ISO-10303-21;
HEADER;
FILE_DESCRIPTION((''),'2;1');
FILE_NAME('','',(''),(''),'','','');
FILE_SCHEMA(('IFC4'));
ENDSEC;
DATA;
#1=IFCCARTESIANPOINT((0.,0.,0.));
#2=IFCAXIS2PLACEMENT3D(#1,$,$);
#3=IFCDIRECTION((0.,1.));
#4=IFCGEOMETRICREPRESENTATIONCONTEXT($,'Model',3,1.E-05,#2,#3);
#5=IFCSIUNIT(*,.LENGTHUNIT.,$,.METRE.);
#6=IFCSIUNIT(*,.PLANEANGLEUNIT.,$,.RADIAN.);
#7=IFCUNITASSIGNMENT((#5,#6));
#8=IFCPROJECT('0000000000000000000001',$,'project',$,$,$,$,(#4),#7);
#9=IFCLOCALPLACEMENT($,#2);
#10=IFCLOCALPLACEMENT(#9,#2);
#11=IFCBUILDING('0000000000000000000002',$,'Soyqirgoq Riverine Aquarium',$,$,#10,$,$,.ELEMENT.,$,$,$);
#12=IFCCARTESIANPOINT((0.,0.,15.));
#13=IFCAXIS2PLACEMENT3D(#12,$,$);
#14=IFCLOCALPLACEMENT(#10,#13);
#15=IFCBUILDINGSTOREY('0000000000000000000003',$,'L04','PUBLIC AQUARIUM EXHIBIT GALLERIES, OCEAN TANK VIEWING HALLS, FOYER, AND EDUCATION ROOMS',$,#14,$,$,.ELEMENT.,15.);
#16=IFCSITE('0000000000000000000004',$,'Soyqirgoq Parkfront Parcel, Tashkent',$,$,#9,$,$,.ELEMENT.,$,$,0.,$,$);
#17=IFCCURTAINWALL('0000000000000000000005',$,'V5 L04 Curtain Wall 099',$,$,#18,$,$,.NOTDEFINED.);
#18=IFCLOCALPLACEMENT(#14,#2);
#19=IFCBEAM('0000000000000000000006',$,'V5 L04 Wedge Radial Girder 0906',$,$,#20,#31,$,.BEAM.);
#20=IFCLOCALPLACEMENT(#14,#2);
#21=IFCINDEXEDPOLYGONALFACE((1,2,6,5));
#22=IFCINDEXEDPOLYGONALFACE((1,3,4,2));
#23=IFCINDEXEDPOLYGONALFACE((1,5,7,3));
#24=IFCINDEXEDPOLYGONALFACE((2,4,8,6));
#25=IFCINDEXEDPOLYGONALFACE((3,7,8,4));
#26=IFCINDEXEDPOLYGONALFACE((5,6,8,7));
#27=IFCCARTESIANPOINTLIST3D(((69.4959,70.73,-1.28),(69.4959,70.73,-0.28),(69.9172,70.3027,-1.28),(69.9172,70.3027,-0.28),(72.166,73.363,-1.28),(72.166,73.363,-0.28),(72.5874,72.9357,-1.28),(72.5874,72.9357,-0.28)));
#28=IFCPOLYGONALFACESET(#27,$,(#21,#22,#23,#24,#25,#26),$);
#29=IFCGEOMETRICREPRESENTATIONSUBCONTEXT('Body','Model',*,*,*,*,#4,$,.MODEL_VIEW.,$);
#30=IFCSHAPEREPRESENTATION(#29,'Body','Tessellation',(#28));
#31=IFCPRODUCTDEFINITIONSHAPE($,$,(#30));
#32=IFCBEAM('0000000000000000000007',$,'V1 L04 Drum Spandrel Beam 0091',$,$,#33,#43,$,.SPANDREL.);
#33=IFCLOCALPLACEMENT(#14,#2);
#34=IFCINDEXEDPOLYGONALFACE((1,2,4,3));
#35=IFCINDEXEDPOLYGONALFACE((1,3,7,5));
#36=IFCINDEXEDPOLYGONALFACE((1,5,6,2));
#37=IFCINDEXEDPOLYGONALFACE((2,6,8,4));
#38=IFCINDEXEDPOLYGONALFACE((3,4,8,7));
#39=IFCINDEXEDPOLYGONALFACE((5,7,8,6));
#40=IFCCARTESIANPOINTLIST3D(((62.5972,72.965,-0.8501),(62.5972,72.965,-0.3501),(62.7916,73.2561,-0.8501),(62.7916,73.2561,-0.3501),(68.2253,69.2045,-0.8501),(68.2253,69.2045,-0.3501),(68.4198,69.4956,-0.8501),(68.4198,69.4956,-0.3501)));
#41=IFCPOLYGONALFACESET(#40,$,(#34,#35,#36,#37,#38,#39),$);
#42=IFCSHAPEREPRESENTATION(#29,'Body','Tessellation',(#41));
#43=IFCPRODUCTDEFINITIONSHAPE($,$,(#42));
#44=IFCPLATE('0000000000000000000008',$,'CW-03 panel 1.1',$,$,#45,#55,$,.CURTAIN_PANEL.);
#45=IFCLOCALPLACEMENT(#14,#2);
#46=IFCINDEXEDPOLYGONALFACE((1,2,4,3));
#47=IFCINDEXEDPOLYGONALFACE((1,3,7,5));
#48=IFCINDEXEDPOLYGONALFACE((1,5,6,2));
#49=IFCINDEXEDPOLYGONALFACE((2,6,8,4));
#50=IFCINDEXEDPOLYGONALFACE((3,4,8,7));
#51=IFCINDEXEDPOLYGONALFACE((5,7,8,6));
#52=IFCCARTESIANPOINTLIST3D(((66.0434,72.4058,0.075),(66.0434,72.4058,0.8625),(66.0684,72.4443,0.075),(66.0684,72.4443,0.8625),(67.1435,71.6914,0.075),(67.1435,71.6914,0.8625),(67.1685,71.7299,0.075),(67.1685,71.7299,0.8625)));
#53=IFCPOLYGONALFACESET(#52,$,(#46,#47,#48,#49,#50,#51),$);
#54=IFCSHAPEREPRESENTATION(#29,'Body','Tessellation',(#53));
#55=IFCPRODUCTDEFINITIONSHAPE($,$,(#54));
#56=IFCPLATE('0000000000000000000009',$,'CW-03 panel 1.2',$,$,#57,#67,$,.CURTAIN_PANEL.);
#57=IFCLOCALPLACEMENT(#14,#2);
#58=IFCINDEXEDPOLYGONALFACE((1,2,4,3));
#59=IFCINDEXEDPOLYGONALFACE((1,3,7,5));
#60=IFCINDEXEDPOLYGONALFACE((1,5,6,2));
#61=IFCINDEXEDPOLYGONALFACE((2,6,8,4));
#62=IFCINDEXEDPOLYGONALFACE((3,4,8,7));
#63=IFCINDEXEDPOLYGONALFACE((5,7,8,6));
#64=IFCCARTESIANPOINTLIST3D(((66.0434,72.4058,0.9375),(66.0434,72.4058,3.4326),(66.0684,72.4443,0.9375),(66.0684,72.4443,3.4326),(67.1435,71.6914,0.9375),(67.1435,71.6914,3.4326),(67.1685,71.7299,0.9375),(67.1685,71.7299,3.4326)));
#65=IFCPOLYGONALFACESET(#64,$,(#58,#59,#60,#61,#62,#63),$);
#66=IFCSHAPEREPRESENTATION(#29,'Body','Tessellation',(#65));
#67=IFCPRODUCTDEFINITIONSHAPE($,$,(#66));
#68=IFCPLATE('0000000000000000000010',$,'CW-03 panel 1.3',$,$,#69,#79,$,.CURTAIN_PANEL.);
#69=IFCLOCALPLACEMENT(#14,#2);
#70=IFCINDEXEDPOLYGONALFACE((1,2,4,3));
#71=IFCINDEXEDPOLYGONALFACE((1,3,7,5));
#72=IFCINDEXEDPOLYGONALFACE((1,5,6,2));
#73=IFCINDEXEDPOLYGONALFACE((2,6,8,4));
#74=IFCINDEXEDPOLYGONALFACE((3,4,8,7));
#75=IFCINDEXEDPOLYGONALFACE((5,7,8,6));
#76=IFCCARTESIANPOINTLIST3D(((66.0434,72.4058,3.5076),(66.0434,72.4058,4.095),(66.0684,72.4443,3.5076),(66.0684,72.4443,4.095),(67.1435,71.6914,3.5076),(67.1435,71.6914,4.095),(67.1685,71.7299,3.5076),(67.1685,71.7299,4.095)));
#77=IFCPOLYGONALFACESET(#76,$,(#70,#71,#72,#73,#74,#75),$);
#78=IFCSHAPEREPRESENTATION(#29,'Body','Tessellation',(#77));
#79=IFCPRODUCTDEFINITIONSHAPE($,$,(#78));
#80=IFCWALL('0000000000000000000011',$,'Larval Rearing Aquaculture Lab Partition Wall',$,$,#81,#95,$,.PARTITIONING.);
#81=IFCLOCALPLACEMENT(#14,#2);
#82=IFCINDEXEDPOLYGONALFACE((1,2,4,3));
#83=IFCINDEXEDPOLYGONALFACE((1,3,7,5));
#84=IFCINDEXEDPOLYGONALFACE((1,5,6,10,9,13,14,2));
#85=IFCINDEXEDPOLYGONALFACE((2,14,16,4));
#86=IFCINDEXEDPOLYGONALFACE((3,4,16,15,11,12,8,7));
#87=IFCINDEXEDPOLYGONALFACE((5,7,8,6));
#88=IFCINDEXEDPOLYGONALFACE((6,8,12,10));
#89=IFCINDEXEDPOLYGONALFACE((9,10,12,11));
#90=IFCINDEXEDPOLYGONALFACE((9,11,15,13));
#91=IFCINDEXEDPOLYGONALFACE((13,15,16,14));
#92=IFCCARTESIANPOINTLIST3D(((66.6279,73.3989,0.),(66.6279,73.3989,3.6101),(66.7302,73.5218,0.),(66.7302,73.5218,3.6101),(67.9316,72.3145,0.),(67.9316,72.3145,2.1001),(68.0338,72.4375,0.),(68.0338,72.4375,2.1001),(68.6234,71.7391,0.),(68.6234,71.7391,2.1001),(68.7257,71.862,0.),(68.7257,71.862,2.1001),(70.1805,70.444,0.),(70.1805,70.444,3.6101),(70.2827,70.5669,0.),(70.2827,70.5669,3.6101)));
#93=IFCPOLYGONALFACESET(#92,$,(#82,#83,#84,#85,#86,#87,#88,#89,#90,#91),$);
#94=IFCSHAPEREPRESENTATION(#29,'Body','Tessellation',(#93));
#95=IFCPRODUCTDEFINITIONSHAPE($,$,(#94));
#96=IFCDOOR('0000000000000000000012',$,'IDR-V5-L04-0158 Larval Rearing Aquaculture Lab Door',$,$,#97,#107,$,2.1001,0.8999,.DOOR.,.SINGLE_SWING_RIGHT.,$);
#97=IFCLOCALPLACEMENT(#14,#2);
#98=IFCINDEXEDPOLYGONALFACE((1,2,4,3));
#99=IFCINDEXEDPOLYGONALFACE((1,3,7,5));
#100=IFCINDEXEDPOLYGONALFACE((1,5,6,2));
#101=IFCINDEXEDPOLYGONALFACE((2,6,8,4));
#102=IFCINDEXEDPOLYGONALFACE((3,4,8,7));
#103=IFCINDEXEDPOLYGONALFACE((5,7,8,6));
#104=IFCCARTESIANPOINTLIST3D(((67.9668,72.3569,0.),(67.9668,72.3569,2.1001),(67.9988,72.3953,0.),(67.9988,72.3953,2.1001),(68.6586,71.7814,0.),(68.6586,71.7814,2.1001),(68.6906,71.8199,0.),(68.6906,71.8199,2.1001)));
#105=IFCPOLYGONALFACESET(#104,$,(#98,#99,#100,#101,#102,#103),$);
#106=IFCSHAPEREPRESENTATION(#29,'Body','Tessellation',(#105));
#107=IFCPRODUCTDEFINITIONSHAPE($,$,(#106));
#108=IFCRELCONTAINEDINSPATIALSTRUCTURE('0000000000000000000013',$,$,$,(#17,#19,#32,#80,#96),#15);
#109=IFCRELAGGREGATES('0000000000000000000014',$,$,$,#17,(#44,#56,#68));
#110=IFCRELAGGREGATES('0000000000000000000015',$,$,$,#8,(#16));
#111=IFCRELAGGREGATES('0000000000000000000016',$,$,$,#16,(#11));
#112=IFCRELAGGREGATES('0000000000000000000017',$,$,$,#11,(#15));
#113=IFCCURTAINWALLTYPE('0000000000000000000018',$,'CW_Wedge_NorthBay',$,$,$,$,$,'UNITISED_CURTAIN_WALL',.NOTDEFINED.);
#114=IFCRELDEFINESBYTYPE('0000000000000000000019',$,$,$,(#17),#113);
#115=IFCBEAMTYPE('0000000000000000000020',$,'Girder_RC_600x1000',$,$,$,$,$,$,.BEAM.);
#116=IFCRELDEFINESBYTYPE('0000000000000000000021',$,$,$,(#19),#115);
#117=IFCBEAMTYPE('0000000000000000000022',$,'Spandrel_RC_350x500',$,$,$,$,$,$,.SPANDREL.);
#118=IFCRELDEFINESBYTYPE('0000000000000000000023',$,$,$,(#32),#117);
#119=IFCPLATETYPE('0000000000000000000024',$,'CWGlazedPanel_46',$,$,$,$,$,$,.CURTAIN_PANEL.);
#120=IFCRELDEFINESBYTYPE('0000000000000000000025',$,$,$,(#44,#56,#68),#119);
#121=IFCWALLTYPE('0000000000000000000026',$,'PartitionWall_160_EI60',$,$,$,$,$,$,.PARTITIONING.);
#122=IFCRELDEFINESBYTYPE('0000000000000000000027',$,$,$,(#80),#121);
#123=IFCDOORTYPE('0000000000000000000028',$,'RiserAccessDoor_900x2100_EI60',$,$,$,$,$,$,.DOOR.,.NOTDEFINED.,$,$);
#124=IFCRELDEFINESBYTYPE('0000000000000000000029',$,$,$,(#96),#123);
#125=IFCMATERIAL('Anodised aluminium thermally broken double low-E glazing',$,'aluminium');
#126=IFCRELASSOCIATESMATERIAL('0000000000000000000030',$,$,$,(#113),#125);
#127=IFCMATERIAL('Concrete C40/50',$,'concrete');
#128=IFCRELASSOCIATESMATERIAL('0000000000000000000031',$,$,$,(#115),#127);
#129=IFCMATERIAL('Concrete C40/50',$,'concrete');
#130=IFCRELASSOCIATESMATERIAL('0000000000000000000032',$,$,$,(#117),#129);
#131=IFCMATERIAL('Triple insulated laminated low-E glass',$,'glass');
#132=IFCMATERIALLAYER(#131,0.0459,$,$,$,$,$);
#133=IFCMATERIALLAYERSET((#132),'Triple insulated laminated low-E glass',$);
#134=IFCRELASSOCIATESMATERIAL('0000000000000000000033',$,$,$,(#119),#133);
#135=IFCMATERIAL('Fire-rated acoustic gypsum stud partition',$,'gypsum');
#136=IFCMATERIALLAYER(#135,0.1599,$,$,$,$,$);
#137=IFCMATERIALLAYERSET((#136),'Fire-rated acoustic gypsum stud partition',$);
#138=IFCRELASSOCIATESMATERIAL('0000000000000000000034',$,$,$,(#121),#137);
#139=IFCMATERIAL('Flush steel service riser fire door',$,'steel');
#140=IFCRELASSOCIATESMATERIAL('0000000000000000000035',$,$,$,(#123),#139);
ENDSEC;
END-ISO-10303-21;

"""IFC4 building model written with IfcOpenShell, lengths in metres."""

from ifc_helpers import new_model, si_unit, direction, frame, frame_2d, origin, origin_2d, place, context, subcontext, project, spatial, rectangle, extrude, material, layer, layer_set, material_profile, profile_set, type_object, element, fill, aggregate, save


model = new_model("IFC4")

# Units and contexts
model_context = context("Model", 3, precision=1e-05, world=origin(), true_north=direction((0.0, 1.0)))
body_context = subcontext(model_context, "Body", "Model", "MODEL_VIEW")
ifc_project = project(units=[si_unit("LENGTHUNIT", "METRE"), si_unit("PLANEANGLEUNIT", "RADIAN")], contexts=[model_context])

# Site, building, storey
site_placement = place(None, origin())
site = spatial("IfcSite", under=ifc_project, at=site_placement, Name="Soyqirgoq Parkfront Parcel, Tashkent", CompositionType="ELEMENT", RefElevation=0.0)
building_placement = place(site_placement, origin())
building = spatial("IfcBuilding", under=site, at=building_placement, Name="Soyqirgoq Riverine Aquarium", CompositionType="ELEMENT")
storey_placement = place(building_placement, frame((0.0, 0.0, 15.0)))
storey = spatial("IfcBuildingStorey", under=building, at=storey_placement, Name="L04", Description="PUBLIC AQUARIUM EXHIBIT GALLERIES, OCEAN TANK VIEWING HALLS, FOYER, AND EDUCATION ROOMS", CompositionType="ELEMENT", Elevation=15.0)

# Curtain wall
ifc_material_1 = material(Name="Anodised aluminium thermally broken double low-E glazing", Category="aluminium")
curtain_wall_type = type_object("IfcCurtainWallType", Name="CW_Wedge_NorthBay", ElementType="UNITISED_CURTAIN_WALL", PredefinedType="NOTDEFINED", material=ifc_material_1)
curtain_wall_placement = place(storey_placement, origin())
curtain_wall = element("IfcCurtainWall", 1, at=curtain_wall_placement, inside=storey, type_object=curtain_wall_type, Name="V5 L04 Curtain Wall 099", PredefinedType="NOTDEFINED")

# Beams
ifc_material_2 = material(Name="Concrete C40/50", Category="concrete")
ifc_material_profile_1 = material_profile(ifc_material_2, rectangle(XDim=0.6001, YDim=1.0, at=origin_2d()), Name="RC 600x1000")
ifc_profile_set_1 = profile_set([ifc_material_profile_1], Name="Concrete C40/50")
beam_type_1 = type_object("IfcBeamType", Name="Girder_RC_600x1000", PredefinedType="BEAM", material=ifc_profile_set_1)
beam_1_placement = place(storey_placement, frame((69.7065, 70.5164, -0.78), z_axis=(0.712037, 0.702142, 0.0), x_axis=(-0.702142, 0.712037, 0.0)))
element("IfcBeam", 2, at=beam_1_placement, inside=storey, type_object=beam_type_1, Name="V5 L04 Wedge Radial Girder 0906", PredefinedType="BEAM", context=body_context, shape_type="SweptSolid", body=[
    extrude(rectangle(XDim=0.6001, YDim=1.0, at=origin_2d()), origin(), (0.0, 0.0, 1.0), 3.75),
])
ifc_material_3 = material(Name="Concrete C40/50", Category="concrete")
ifc_material_profile_2 = material_profile(ifc_material_3, rectangle(XDim=0.3501, YDim=0.5, at=origin_2d()), Name="RC 350x500")
ifc_profile_set_2 = profile_set([ifc_material_profile_2], Name="Concrete C40/50")
beam_type_2 = type_object("IfcBeamType", Name="Spandrel_RC_350x500", PredefinedType="SPANDREL", material=ifc_profile_set_2)
beam_2_placement = place(storey_placement, frame((68.3225, 69.3501, -0.6001), z_axis=(-0.831478, 0.555557, 0.0), x_axis=(-0.555557, -0.831478, 0.0)))
element("IfcBeam", 3, at=beam_2_placement, inside=storey, type_object=beam_type_2, Name="V1 L04 Drum Spandrel Beam 0091", PredefinedType="SPANDREL", context=body_context, shape_type="SweptSolid", body=[
    extrude(rectangle(XDim=0.3501, YDim=0.5, at=origin_2d()), origin(), (0.0, 0.0, 1.0), 6.7688),
])

# Plates
ifc_material_4 = material(Name="Triple insulated laminated low-E glass", Category="glass")
ifc_layer_1 = layer(ifc_material_4, 0.0459)
ifc_layer_set_1 = layer_set([ifc_layer_1], Name="Triple insulated laminated low-E glass")
plate_type = type_object("IfcPlateType", Name="CWGlazedPanel_46", PredefinedType="CURTAIN_PANEL", material=ifc_layer_set_1)
plate_1_placement = place(storey_placement, frame((66.606, 72.0679, 0.075), z_axis=(0.0, 0.0, 1.0), x_axis=(-0.838688, 0.544613, 0.0)))
plate_1 = element("IfcPlate", 4, at=plate_1_placement, type_object=plate_type, Name="CW-03 panel 1.1", PredefinedType="CURTAIN_PANEL", context=body_context, shape_type="SweptSolid", body=[
    extrude(rectangle(XDim=1.3118, YDim=0.0459, at=origin_2d()), origin(), (0.0, 0.0, 1.0), 0.7876),
])
plate_2_placement = place(storey_placement, frame((66.606, 72.0679, 0.9375), z_axis=(0.0, 0.0, 1.0), x_axis=(-0.838688, 0.544613, 0.0)))
plate_2 = element("IfcPlate", 5, at=plate_2_placement, type_object=plate_type, Name="CW-03 panel 1.2", PredefinedType="CURTAIN_PANEL", context=body_context, shape_type="SweptSolid", body=[
    extrude(rectangle(XDim=1.3118, YDim=0.0459, at=origin_2d()), origin(), (0.0, 0.0, 1.0), 2.4951),
])
plate_3_placement = place(storey_placement, frame((66.606, 72.0679, 3.5076), z_axis=(0.0, 0.0, 1.0), x_axis=(-0.838688, 0.544613, 0.0)))
plate_3 = element("IfcPlate", 6, at=plate_3_placement, type_object=plate_type, Name="CW-03 panel 1.3", PredefinedType="CURTAIN_PANEL", context=body_context, shape_type="SweptSolid", body=[
    extrude(rectangle(XDim=1.3118, YDim=0.0459, at=origin_2d()), origin(), (0.0, 0.0, 1.0), 0.5874),
])
aggregate(curtain_wall, [plate_1, plate_2, plate_3])

# Wall, opening, door
ifc_material_5 = material(Name="Fire-rated acoustic gypsum stud partition", Category="gypsum")
ifc_layer_2 = layer(ifc_material_5, 0.1599)
ifc_layer_set_2 = layer_set([ifc_layer_2], Name="Fire-rated acoustic gypsum stud partition")
wall_type = type_object("IfcWallType", Name="PartitionWall_160_EI60", PredefinedType="PARTITIONING", material=ifc_layer_set_2)
wall_placement = place(storey_placement, frame((70.2317, 70.5054, 0.0), z_axis=(0.0, 0.0, 1.0), x_axis=(-0.768814, 0.639472, 0.0)))
wall = element("IfcWall", 7, at=wall_placement, inside=storey, type_object=wall_type, Name="Larval Rearing Aquaculture Lab Partition Wall", PredefinedType="PARTITIONING", context=body_context, shape_type="SweptSolid", body=[
    extrude(rectangle(XDim=4.6208, YDim=0.1599, at=frame_2d((2.3105, 0.0))), origin(), (0.0, 0.0, 1.0), 3.6101),
])
opening_placement = place(wall_placement, frame((2.0254, 0.0, 0.0)))
opening = element("IfcOpeningElement", 8, at=opening_placement, cuts=wall, PredefinedType="OPENING", context=body_context, shape_type="SweptSolid", body=[
    extrude(rectangle(XDim=0.8999, YDim=2.1001, at=frame_2d((0.45, 1.05))), frame((0.0, 0.0898, 0.0), z_axis=(0.0, -1.0, 0.0), x_axis=(1.0, 0.0, 0.0)), (0.0, 0.0, 1.0), 0.1799),
])
ifc_material_6 = material(Name="Flush steel service riser fire door", Category="steel")
door_type = type_object("IfcDoorType", Name="RiserAccessDoor_900x2100_EI60", OperationType="NOTDEFINED", PredefinedType="DOOR", material=ifc_material_6)
door_placement = place(opening_placement, origin())
door = element("IfcDoor", 9, at=door_placement, inside=storey, type_object=door_type, Name="IDR-V5-L04-0158 Larval Rearing Aquaculture Lab Door", OperationType="SINGLE_SWING_RIGHT", OverallHeight=2.1001, OverallWidth=0.8999, PredefinedType="DOOR", context=body_context, shape_type="SweptSolid", body=[
    extrude(rectangle(XDim=0.8999, YDim=2.1001, at=frame_2d((0.45, 1.05))), frame((0.0, 0.0249, 0.0), z_axis=(0.0, -1.0, 0.0), x_axis=(1.0, 0.0, 0.0)), (0.0, 0.0, 1.0), 0.05),
])
fill(opening, door)

save(model, "model.ifc")
